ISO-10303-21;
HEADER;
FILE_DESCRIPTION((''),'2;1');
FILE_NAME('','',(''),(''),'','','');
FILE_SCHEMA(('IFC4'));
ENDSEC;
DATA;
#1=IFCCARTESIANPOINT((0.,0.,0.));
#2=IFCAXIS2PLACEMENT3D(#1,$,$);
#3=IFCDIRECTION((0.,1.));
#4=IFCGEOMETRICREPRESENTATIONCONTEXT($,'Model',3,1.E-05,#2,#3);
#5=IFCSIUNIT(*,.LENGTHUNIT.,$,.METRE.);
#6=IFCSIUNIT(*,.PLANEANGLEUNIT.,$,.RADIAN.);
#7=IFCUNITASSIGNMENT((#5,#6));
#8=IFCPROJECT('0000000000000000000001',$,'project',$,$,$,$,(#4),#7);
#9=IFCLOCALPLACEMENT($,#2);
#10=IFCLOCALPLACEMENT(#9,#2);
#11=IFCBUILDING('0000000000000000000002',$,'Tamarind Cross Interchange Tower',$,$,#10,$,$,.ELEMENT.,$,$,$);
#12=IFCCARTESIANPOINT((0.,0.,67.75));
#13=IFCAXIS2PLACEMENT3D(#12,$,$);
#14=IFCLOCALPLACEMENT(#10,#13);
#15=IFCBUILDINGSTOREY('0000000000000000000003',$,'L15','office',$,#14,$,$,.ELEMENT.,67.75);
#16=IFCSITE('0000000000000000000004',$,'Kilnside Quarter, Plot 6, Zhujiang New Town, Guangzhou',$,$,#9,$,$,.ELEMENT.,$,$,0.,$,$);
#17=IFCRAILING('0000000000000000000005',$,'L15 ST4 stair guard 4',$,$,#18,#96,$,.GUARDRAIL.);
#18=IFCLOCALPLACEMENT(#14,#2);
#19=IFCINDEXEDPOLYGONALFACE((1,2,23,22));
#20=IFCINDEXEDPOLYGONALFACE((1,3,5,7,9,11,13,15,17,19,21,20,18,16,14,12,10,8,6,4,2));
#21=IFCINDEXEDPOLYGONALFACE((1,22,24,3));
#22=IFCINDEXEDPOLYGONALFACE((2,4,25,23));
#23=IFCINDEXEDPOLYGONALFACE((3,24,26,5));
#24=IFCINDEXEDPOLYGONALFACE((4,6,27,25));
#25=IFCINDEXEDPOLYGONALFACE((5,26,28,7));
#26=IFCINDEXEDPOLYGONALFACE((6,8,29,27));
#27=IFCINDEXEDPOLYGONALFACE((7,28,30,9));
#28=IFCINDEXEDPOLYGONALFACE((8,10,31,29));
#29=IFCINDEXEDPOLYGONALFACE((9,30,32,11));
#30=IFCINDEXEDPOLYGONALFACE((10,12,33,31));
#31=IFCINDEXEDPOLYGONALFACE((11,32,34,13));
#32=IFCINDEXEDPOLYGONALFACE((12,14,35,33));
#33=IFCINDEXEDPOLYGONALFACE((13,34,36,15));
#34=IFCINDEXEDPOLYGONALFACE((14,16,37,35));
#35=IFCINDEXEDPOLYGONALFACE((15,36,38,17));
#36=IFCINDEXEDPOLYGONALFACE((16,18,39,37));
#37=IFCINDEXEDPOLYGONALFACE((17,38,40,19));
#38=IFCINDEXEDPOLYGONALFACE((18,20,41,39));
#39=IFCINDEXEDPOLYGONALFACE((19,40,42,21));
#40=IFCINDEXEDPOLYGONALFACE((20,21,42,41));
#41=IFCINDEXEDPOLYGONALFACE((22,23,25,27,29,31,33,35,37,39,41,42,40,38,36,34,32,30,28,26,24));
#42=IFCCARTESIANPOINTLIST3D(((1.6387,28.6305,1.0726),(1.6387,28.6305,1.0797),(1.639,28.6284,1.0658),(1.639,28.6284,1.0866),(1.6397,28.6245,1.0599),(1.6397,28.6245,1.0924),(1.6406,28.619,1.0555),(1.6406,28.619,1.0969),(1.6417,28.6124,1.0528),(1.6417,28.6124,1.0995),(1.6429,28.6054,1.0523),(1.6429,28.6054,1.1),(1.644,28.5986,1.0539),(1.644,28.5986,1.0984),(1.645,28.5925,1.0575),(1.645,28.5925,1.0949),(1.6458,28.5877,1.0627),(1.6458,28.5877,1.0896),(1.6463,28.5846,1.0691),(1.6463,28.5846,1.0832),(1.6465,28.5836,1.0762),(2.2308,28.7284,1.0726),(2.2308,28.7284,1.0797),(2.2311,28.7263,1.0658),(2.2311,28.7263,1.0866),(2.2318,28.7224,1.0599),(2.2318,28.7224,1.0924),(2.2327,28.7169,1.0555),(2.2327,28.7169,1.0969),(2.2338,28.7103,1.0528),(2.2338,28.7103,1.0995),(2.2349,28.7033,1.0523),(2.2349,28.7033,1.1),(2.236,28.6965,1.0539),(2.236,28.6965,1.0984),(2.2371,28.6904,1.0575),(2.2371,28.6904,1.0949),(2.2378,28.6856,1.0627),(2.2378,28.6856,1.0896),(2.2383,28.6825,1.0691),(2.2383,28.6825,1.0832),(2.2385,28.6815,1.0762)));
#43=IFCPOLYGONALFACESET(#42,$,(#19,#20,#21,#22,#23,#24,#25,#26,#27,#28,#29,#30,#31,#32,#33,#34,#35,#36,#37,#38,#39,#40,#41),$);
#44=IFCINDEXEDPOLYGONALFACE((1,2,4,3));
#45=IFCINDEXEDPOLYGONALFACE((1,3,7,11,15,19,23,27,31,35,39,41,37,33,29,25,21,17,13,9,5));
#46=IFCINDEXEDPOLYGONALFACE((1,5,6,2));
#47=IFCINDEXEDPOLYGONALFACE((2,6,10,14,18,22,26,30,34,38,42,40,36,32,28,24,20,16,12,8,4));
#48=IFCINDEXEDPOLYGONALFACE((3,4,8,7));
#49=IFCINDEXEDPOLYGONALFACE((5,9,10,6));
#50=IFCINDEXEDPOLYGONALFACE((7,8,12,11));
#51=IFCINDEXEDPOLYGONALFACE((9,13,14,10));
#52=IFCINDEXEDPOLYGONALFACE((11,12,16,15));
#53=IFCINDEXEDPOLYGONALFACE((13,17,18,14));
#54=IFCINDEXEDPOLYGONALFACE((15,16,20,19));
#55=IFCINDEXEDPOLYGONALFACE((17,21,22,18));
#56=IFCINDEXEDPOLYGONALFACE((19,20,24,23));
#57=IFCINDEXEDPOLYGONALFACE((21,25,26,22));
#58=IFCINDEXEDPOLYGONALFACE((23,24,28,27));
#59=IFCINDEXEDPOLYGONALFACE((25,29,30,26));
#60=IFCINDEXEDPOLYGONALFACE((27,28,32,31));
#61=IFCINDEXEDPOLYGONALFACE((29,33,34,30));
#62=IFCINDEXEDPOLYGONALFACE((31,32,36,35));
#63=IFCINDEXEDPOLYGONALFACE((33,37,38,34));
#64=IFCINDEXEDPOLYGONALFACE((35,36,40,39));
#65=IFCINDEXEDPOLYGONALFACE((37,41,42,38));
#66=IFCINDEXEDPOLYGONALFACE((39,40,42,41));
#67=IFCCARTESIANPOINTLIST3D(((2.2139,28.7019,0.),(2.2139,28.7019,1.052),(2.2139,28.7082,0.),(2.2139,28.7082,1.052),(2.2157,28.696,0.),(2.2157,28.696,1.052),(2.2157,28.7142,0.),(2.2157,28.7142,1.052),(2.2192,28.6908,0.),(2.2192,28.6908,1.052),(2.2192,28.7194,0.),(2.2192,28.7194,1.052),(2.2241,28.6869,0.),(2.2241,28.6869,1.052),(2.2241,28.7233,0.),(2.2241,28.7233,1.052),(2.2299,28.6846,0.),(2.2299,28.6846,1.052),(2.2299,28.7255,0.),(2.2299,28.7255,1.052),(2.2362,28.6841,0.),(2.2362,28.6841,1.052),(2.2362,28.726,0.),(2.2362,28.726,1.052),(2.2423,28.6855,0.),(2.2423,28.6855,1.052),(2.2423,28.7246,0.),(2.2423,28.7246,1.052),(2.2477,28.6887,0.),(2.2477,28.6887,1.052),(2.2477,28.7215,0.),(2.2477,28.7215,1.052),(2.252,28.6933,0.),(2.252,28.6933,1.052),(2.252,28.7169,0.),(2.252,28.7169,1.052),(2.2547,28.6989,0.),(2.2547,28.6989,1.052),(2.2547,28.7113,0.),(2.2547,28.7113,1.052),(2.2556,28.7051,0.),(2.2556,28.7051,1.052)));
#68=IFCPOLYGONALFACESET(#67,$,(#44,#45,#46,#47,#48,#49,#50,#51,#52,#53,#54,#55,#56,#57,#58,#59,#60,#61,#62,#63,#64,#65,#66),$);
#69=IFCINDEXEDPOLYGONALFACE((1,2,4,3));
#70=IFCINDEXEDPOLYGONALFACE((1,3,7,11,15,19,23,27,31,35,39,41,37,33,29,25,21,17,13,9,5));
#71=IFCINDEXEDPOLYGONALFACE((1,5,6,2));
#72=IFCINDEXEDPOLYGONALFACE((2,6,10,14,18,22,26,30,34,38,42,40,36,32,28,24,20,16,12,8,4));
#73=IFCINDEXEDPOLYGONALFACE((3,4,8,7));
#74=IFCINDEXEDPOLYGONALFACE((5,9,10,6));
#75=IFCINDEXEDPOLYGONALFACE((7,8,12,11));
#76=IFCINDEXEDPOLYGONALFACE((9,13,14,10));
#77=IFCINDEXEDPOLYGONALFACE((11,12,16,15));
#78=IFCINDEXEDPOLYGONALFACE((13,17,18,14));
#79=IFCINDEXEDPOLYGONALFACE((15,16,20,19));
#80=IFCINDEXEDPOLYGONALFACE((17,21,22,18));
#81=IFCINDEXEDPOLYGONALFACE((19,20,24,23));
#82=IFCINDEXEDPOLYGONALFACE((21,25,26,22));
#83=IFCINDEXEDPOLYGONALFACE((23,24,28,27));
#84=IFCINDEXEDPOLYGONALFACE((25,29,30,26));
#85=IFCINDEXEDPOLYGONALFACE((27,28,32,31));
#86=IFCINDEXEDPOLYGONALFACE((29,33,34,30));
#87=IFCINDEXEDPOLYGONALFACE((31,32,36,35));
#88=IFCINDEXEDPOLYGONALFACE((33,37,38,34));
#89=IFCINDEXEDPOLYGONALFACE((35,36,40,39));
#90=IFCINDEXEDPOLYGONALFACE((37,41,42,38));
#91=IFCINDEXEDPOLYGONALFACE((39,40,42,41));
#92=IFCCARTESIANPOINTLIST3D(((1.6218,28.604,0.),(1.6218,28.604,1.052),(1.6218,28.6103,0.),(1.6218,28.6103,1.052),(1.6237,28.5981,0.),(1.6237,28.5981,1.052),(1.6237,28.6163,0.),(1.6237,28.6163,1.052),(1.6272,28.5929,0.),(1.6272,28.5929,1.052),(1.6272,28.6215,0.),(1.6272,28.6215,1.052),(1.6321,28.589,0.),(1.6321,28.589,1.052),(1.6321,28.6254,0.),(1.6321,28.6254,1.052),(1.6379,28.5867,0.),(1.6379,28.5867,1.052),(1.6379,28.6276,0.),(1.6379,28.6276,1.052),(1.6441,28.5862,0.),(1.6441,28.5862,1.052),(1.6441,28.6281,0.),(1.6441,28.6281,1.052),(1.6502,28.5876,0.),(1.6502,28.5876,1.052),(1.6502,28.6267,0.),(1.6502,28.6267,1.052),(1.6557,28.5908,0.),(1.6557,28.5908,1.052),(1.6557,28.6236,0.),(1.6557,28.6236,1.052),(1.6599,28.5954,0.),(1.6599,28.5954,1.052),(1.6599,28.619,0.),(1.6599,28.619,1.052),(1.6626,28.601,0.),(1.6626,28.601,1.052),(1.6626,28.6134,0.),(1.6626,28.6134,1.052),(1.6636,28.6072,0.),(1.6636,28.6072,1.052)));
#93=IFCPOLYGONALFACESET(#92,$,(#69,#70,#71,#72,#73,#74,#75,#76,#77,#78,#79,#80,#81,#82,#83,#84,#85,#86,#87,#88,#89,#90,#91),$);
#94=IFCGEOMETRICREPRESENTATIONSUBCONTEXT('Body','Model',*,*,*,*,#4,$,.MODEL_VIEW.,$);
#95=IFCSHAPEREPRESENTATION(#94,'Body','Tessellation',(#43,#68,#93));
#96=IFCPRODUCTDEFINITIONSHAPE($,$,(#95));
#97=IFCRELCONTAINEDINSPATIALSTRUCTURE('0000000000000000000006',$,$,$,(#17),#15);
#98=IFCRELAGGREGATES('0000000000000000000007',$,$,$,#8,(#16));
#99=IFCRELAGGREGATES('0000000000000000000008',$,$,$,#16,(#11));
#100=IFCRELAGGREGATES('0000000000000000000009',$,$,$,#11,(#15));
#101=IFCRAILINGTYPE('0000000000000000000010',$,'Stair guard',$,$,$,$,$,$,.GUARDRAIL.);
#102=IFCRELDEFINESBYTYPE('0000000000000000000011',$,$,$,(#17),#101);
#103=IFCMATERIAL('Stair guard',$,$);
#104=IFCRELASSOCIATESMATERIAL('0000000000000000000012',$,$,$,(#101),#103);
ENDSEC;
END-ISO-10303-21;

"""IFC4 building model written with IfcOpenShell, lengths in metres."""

from ifc_helpers import new_model, si_unit, direction, frame, origin, origin_2d, place, context, subcontext, project, spatial, circle, extrude, material, type_object, element, save


model = new_model("IFC4")

# Units and contexts
model_context = context("Model", 3, precision=1e-05, world=origin(), true_north=direction((0.0, 1.0)))
body_context = subcontext(model_context, "Body", "Model", "MODEL_VIEW")
ifc_project = project(units=[si_unit("LENGTHUNIT", "METRE"), si_unit("PLANEANGLEUNIT", "RADIAN")], contexts=[model_context])

# Site, building, storey
site_placement = place(None, origin())
site = spatial("IfcSite", under=ifc_project, at=site_placement, Name="Kilnside Quarter, Plot 6, Zhujiang New Town, Guangzhou", CompositionType="ELEMENT", RefElevation=0.0)
building_placement = place(site_placement, origin())
building = spatial("IfcBuilding", under=site, at=building_placement, Name="Tamarind Cross Interchange Tower", CompositionType="ELEMENT")
storey_placement = place(building_placement, frame((0.0, 0.0, 67.75)))
storey = spatial("IfcBuildingStorey", under=building, at=storey_placement, Name="L15", Description="office", CompositionType="ELEMENT", Elevation=67.75)

# Railing
ifc_material_1 = material(Name="Stair guard")
railing_type_1 = type_object("IfcRailingType", Name="Stair guard", PredefinedType="GUARDRAIL", material=ifc_material_1)
railing_1_placement = place(storey_placement, frame((2.2346, 28.7051, 0.0)))
element("IfcRailing", 1, at=railing_1_placement, inside=storey, type_object=railing_type_1, Name="L15 ST4 stair guard 4", PredefinedType="GUARDRAIL", context=body_context, shape_type="SweptSolid", body=[
    extrude(circle(Radius=0.0239, at=origin_2d()), frame((0.0, 0.0, 1.0762), z_axis=(-0.986602, -0.163145, 0.0), x_axis=(0.163145, -0.986602, 0.0)), (0.0, 0.0, 1.0), 0.6001),
    extrude(circle(Radius=0.021, at=origin_2d()), origin(), (0.0, 0.0, 1.0), 1.052),
    extrude(circle(Radius=0.021, at=origin_2d()), frame((-0.592, -0.0979, 0.0)), (0.0, 0.0, 1.0), 1.052),
])

save(model, "model.ifc")
